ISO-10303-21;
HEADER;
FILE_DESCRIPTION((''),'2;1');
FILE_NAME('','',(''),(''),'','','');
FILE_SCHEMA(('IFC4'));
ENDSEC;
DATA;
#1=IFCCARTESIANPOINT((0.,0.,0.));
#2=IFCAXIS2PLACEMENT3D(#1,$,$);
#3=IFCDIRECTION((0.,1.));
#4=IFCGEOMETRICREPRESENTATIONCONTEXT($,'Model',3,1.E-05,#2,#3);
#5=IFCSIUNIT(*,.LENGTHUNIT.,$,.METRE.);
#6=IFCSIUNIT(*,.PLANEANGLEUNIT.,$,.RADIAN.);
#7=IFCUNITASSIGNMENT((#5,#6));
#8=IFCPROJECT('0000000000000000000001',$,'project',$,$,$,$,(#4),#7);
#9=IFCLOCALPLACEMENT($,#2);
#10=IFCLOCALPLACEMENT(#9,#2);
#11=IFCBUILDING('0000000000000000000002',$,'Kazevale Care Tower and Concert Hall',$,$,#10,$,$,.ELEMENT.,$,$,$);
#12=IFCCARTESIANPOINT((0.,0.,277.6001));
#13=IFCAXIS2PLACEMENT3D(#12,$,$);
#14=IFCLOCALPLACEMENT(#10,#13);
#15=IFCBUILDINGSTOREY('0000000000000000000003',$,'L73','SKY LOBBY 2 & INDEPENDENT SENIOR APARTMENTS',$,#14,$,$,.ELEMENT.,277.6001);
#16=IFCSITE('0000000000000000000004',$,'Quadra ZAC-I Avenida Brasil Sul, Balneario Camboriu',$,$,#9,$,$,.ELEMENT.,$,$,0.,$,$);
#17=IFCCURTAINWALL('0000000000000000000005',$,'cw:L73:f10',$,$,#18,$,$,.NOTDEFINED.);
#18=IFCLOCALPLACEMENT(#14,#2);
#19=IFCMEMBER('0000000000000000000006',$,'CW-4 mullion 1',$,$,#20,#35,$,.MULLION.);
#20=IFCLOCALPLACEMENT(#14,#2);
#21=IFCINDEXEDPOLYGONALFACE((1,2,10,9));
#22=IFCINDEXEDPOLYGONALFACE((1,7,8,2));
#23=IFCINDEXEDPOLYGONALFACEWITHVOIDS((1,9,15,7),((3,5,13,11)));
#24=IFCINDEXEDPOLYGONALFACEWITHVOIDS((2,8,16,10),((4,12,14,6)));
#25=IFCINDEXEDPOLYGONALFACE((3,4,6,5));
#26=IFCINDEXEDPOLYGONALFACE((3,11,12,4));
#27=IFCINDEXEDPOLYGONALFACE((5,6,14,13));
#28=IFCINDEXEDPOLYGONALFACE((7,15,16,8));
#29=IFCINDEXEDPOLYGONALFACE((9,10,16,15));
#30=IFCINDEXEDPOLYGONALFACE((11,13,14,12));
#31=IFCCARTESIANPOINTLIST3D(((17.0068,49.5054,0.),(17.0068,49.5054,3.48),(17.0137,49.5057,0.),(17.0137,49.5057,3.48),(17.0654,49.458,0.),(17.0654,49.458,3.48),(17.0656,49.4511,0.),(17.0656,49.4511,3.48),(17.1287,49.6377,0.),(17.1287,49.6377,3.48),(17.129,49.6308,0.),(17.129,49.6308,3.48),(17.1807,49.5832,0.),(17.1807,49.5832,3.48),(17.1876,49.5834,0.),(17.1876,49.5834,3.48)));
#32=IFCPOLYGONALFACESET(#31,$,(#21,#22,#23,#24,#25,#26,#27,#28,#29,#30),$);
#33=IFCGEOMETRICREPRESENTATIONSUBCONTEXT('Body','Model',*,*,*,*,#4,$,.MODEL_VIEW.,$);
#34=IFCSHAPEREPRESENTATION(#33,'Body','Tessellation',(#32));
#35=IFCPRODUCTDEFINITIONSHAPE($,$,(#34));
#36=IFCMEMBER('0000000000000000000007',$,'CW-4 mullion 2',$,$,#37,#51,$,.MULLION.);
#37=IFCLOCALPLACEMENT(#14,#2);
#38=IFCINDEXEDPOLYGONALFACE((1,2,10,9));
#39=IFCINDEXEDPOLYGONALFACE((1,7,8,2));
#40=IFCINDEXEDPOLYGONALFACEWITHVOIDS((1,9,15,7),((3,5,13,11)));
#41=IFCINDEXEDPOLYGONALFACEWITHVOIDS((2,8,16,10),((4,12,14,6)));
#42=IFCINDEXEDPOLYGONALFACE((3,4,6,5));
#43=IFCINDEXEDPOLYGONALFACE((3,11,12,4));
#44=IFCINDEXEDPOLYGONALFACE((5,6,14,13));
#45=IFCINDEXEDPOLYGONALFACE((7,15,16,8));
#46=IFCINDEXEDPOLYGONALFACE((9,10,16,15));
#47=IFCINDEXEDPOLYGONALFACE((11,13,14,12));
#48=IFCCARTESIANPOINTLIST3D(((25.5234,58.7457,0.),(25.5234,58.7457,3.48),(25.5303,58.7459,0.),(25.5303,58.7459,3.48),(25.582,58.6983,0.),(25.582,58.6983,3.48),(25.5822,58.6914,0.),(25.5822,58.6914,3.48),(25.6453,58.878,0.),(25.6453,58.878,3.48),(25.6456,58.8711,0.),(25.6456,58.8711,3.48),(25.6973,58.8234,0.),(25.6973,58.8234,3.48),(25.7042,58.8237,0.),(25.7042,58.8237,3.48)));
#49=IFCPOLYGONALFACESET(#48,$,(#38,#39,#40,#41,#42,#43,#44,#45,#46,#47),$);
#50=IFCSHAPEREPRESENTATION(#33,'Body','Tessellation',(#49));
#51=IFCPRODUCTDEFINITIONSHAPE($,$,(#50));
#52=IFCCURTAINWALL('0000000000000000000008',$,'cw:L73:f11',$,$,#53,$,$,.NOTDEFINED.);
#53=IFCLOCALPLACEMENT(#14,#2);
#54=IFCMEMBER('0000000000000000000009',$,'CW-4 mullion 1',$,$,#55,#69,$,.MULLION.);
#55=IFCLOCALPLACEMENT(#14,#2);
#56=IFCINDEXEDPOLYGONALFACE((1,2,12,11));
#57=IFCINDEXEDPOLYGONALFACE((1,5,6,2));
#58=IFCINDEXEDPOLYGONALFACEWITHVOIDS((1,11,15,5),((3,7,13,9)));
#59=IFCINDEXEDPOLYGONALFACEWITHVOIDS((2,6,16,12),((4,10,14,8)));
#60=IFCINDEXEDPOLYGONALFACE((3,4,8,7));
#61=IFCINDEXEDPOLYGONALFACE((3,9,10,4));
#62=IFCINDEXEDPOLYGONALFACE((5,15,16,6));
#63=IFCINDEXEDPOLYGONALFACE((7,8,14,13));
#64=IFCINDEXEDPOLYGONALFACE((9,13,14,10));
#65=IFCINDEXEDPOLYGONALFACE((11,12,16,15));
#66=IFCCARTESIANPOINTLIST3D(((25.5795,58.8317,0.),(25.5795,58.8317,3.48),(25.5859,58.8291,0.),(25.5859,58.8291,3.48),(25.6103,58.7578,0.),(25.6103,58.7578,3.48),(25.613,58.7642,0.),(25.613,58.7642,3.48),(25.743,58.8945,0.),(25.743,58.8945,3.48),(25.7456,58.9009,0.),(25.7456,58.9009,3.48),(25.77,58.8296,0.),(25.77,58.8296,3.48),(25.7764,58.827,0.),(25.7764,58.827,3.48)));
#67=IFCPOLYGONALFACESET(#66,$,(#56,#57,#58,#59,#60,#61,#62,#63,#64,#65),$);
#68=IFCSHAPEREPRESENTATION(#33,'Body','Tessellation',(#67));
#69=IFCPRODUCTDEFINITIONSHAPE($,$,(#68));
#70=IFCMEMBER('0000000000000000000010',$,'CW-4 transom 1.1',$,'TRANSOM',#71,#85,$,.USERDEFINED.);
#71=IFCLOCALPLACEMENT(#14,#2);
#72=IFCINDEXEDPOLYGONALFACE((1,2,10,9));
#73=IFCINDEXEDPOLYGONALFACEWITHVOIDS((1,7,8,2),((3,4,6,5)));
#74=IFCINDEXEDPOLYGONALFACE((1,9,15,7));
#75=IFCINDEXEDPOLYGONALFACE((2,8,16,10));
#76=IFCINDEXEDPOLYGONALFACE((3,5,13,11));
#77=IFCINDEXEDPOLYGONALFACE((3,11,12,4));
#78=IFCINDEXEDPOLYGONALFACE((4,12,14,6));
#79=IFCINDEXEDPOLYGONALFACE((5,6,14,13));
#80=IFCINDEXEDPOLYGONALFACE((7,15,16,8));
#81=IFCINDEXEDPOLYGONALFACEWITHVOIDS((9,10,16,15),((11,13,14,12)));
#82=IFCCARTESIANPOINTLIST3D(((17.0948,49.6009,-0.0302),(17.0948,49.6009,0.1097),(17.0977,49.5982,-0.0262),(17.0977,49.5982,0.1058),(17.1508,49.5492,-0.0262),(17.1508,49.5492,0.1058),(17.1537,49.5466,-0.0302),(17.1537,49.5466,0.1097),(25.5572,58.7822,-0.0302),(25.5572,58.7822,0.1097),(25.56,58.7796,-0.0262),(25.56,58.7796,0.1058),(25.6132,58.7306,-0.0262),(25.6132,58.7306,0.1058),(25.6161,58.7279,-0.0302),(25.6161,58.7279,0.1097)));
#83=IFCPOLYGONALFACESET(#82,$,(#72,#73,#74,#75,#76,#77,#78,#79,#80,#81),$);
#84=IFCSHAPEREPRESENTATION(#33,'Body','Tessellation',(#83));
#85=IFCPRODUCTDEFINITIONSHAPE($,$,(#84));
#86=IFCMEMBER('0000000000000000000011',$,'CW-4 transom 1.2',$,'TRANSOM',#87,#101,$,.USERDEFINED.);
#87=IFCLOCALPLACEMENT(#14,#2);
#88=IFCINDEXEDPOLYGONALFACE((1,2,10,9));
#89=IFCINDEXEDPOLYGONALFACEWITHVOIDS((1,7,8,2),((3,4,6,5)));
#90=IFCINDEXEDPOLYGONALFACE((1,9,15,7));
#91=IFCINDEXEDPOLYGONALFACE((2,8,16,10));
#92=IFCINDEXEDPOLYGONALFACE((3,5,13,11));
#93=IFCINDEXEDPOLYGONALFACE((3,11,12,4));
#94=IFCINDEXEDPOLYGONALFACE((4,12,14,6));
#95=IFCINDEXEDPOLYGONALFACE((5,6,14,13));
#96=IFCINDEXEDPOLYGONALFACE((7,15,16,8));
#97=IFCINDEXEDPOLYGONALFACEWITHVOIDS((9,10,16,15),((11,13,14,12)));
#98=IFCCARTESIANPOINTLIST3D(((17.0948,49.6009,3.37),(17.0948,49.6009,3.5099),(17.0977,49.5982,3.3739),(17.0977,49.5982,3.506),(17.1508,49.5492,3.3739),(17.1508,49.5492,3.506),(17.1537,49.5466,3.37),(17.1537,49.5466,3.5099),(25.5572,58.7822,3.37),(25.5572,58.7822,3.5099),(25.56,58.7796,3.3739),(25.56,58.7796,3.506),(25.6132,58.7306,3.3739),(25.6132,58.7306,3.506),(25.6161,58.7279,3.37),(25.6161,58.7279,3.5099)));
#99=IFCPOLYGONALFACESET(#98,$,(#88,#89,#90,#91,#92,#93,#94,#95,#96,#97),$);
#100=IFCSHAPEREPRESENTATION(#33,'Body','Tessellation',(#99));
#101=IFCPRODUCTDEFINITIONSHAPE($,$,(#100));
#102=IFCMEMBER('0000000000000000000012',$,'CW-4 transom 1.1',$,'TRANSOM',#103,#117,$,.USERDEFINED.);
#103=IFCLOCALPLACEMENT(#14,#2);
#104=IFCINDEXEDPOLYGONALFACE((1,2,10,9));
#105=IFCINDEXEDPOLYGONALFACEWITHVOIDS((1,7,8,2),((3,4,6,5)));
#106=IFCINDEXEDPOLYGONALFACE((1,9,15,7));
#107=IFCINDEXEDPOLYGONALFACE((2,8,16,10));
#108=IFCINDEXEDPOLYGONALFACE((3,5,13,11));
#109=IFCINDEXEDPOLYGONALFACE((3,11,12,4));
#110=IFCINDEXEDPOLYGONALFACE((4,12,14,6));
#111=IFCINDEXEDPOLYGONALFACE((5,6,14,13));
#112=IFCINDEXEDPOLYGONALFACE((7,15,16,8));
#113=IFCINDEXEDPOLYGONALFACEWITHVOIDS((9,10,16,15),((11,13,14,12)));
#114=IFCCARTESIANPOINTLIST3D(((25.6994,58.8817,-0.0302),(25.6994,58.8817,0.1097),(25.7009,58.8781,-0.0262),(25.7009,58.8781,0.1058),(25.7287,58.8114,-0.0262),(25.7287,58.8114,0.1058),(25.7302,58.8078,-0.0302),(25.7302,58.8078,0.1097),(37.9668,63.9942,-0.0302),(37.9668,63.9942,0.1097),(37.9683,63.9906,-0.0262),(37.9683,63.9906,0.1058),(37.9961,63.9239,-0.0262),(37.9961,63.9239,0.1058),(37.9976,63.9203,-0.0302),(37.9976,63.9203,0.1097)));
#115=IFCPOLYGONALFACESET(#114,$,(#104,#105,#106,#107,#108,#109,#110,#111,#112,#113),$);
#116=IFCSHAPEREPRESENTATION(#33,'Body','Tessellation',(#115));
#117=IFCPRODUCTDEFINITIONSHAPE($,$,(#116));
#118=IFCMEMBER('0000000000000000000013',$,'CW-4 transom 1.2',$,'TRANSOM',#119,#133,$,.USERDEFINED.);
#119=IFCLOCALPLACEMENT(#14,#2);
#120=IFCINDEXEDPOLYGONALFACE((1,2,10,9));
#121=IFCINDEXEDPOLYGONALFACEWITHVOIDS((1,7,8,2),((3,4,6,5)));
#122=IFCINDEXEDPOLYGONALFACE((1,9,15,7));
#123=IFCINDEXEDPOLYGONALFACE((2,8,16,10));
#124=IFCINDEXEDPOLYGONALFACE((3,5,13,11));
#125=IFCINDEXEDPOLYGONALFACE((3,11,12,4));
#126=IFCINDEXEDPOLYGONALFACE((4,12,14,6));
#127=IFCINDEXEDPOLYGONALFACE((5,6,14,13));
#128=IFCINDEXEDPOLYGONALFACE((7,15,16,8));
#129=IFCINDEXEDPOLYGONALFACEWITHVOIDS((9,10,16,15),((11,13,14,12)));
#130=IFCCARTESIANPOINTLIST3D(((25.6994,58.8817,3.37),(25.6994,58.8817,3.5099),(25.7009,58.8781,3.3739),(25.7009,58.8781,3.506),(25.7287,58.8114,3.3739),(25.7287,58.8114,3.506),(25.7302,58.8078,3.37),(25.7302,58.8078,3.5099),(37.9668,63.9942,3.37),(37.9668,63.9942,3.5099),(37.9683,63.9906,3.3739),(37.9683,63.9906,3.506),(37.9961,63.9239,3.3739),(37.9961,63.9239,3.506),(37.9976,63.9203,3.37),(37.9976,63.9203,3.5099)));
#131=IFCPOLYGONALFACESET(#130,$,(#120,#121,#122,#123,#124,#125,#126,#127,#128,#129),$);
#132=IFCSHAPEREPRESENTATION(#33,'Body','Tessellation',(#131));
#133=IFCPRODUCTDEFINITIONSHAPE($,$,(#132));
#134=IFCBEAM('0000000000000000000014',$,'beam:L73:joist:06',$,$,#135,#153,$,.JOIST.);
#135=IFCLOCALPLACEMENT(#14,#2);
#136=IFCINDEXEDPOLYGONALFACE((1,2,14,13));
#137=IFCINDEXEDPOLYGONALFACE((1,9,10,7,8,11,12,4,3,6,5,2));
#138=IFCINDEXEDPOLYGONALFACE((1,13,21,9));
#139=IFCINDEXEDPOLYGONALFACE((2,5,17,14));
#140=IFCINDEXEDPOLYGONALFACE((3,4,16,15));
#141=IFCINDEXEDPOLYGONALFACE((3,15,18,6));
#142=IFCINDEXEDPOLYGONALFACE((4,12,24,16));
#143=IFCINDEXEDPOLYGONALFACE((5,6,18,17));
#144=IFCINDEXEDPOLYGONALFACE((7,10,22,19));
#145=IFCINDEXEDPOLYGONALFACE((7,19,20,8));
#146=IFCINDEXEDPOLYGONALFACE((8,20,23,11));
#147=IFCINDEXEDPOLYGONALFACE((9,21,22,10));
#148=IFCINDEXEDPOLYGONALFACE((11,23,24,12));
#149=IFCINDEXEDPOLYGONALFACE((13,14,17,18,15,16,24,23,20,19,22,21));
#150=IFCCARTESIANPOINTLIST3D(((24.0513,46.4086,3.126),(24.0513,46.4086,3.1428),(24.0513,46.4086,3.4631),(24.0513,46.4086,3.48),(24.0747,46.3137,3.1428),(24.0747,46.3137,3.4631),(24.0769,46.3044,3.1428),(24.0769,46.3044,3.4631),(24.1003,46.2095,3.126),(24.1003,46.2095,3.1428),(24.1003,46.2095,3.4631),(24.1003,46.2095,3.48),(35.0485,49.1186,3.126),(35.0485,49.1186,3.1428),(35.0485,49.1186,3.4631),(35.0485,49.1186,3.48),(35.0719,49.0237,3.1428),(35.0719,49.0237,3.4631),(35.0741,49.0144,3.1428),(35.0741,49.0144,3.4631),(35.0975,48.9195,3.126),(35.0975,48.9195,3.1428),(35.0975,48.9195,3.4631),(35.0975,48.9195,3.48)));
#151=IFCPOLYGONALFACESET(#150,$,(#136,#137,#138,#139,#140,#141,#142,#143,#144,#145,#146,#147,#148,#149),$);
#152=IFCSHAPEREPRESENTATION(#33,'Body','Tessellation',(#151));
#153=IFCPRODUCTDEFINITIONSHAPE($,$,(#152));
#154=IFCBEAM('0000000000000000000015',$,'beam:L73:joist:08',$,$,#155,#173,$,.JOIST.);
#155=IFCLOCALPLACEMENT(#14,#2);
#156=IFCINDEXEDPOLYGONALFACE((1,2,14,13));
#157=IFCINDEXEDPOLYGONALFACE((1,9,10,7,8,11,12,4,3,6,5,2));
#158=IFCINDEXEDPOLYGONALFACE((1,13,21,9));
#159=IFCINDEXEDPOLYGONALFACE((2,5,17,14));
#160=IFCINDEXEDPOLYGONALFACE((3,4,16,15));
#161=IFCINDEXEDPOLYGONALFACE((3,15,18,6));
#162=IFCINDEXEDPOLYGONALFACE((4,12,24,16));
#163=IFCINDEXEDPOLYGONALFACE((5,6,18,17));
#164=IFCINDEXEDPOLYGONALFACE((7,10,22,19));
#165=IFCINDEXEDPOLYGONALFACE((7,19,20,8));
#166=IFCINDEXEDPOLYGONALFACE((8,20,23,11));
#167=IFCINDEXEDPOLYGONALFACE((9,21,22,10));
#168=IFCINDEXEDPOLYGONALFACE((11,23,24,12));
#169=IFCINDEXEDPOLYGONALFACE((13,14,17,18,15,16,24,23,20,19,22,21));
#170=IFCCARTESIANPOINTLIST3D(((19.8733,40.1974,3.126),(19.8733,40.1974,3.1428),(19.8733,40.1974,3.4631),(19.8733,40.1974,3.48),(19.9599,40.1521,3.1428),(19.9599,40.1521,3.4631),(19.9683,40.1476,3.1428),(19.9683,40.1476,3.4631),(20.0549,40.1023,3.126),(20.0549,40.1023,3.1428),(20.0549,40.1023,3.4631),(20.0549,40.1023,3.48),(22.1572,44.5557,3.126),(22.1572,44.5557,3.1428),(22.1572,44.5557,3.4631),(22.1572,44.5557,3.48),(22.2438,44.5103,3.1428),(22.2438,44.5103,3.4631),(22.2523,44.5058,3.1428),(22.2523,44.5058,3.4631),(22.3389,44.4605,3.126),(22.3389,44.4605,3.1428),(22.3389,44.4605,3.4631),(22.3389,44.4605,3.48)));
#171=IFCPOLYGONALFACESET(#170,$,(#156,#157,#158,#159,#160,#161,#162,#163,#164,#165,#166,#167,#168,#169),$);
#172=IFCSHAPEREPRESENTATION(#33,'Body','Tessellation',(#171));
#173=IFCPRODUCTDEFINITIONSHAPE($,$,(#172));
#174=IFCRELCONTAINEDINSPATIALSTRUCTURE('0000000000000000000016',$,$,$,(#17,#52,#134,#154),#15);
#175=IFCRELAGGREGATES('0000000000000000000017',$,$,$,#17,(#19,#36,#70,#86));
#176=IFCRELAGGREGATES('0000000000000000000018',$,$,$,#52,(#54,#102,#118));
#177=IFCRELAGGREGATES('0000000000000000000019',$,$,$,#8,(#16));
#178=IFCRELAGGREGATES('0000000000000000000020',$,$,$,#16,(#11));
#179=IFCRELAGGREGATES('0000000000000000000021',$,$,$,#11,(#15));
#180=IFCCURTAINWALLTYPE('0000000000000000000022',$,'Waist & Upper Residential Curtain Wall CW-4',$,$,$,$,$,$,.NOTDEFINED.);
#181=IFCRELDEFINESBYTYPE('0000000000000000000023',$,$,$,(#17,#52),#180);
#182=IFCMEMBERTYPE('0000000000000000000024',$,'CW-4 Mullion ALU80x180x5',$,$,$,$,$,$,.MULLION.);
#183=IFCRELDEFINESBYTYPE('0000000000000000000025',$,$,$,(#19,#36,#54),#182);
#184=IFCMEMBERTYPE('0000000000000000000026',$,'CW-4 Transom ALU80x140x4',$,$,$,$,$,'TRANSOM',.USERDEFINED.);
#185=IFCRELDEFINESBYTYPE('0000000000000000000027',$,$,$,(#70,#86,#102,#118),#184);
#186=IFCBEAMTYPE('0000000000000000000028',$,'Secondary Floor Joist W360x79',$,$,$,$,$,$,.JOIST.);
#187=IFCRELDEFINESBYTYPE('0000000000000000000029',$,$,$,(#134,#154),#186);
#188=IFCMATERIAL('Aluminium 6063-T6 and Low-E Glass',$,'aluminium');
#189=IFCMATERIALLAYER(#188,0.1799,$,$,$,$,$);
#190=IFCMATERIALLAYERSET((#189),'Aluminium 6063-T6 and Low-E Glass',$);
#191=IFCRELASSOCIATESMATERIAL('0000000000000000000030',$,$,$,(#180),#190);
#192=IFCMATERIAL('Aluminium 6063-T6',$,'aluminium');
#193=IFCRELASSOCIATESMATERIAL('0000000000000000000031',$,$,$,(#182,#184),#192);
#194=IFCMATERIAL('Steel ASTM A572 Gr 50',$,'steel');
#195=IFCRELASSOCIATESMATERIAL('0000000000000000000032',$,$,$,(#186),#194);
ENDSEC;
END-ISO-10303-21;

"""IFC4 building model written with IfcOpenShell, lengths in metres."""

from ifc_helpers import new_model, si_unit, direction, frame, origin, origin_2d, place, context, subcontext, project, spatial, hollow_rectangle, i_section, extrude, material, layer, layer_set, material_profile, profile_set, type_object, element, aggregate, save


model = new_model("IFC4")

# Units and contexts
model_context = context("Model", 3, precision=1e-05, world=origin(), true_north=direction((0.0, 1.0)))
body_context = subcontext(model_context, "Body", "Model", "MODEL_VIEW")
ifc_project = project(units=[si_unit("LENGTHUNIT", "METRE"), si_unit("PLANEANGLEUNIT", "RADIAN")], contexts=[model_context])

# Site, building, storey
site_placement = place(None, origin())
site = spatial("IfcSite", under=ifc_project, at=site_placement, Name="Quadra ZAC-I Avenida Brasil Sul, Balneario Camboriu", CompositionType="ELEMENT", RefElevation=0.0)
building_placement = place(site_placement, origin())
building = spatial("IfcBuilding", under=site, at=building_placement, Name="Kazevale Care Tower and Concert Hall", CompositionType="ELEMENT")
storey_placement = place(building_placement, frame((0.0, 0.0, 277.6001)))
storey = spatial("IfcBuildingStorey", under=building, at=storey_placement, Name="L73", Description="SKY LOBBY 2 & INDEPENDENT SENIOR APARTMENTS", CompositionType="ELEMENT", Elevation=277.6001)

# Shared definitions
ifc_material_1 = material(Name="Aluminium 6063-T6 and Low-E Glass", Category="aluminium")
ifc_layer_1 = layer(ifc_material_1, 0.1799)
ifc_layer_set_1 = layer_set([ifc_layer_1], Name="Aluminium 6063-T6 and Low-E Glass")
curtain_wall_type = type_object("IfcCurtainWallType", Name="Waist & Upper Residential Curtain Wall CW-4", PredefinedType="NOTDEFINED", material=ifc_layer_set_1)
ifc_material_2 = material(Name="Aluminium 6063-T6", Category="aluminium")
ifc_material_profile_1 = material_profile(ifc_material_2, hollow_rectangle(XDim=0.0801, YDim=0.1799, WallThickness=0.0049, at=origin_2d()), Name="ALU80x180x5")
ifc_profile_set_1 = profile_set([ifc_material_profile_1], Name="Aluminium 6063-T6")
member_type_1 = type_object("IfcMemberType", Name="CW-4 Mullion ALU80x180x5", PredefinedType="MULLION", material=ifc_profile_set_1)

# Curtain wall, members
curtain_wall_1_placement = place(storey_placement, origin())
curtain_wall_1 = element("IfcCurtainWall", 1, at=curtain_wall_1_placement, inside=storey, type_object=curtain_wall_type, Name="cw:L73:f10", PredefinedType="NOTDEFINED")
member_1_placement = place(storey_placement, frame((17.0972, 49.5444, 0.0), z_axis=(0.0, 0.0, 1.0), x_axis=(-0.735303, 0.677738, 0.0)))
member_1 = element("IfcMember", 2, at=member_1_placement, type_object=member_type_1, Name="CW-4 mullion 1", PredefinedType="MULLION", context=body_context, shape_type="SweptSolid", body=[
    extrude(hollow_rectangle(XDim=0.0801, YDim=0.1799, WallThickness=0.0049, at=origin_2d()), origin(), (0.0, 0.0, 1.0), 3.48),
])
member_2_placement = place(storey_placement, frame((25.6138, 58.7847, 0.0), z_axis=(0.0, 0.0, 1.0), x_axis=(-0.735303, 0.677738, 0.0)))
member_2 = element("IfcMember", 3, at=member_2_placement, type_object=member_type_1, Name="CW-4 mullion 2", PredefinedType="MULLION", context=body_context, shape_type="SweptSolid", body=[
    extrude(hollow_rectangle(XDim=0.0801, YDim=0.1799, WallThickness=0.0049, at=origin_2d()), origin(), (0.0, 0.0, 1.0), 3.48),
])

# Curtain wall, member
curtain_wall_2_placement = place(storey_placement, origin())
curtain_wall_2 = element("IfcCurtainWall", 4, at=curtain_wall_2_placement, inside=storey, type_object=curtain_wall_type, Name="cw:L73:f11", PredefinedType="NOTDEFINED")
member_3_placement = place(storey_placement, frame((25.678, 58.8293, 0.0), z_axis=(0.0, 0.0, 1.0), x_axis=(-0.384684, 0.923048, 0.0)))
member_3 = element("IfcMember", 5, at=member_3_placement, type_object=member_type_1, Name="CW-4 mullion 1", PredefinedType="MULLION", context=body_context, shape_type="SweptSolid", body=[
    extrude(hollow_rectangle(XDim=0.0801, YDim=0.1799, WallThickness=0.0049, at=origin_2d()), origin(), (0.0, 0.0, 1.0), 3.48),
])

# Members
ifc_material_profile_2 = material_profile(ifc_material_2, hollow_rectangle(XDim=0.0801, YDim=0.1399, WallThickness=0.0039, at=origin_2d()), Name="ALU80x140x4")
ifc_profile_set_2 = profile_set([ifc_material_profile_2], Name="Aluminium 6063-T6")
member_type_2 = type_object("IfcMemberType", Name="CW-4 Transom ALU80x140x4", ElementType="TRANSOM", PredefinedType="USERDEFINED", material=ifc_profile_set_2)
member_4_placement = place(storey_placement, frame((17.1243, 49.5737, 0.0398), z_axis=(0.677729, 0.735311, 0.0), x_axis=(-0.735311, 0.677729, 0.0)))
member_4 = element("IfcMember", 6, at=member_4_placement, type_object=member_type_2, Name="CW-4 transom 1.1", ObjectType="TRANSOM", PredefinedType="USERDEFINED", context=body_context, shape_type="SweptSolid", body=[
    extrude(hollow_rectangle(XDim=0.0801, YDim=0.1399, WallThickness=0.0039, at=origin_2d()), origin(), (0.0, 0.0, 1.0), 12.4863),
])
member_5_placement = place(storey_placement, frame((17.1243, 49.5737, 3.4399), z_axis=(0.677729, 0.735311, 0.0), x_axis=(-0.735311, 0.677729, 0.0)))
member_5 = element("IfcMember", 7, at=member_5_placement, type_object=member_type_2, Name="CW-4 transom 1.2", ObjectType="TRANSOM", PredefinedType="USERDEFINED", context=body_context, shape_type="SweptSolid", body=[
    extrude(hollow_rectangle(XDim=0.0801, YDim=0.1399, WallThickness=0.0039, at=origin_2d()), origin(), (0.0, 0.0, 1.0), 12.4863),
])
member_6_placement = place(storey_placement, frame((25.7148, 58.8447, 0.0398), z_axis=(0.923046, 0.38469, 0.0), x_axis=(-0.38469, 0.923046, 0.0)))
member_6 = element("IfcMember", 8, at=member_6_placement, type_object=member_type_2, Name="CW-4 transom 1.1", ObjectType="TRANSOM", PredefinedType="USERDEFINED", context=body_context, shape_type="SweptSolid", body=[
    extrude(hollow_rectangle(XDim=0.0801, YDim=0.1399, WallThickness=0.0039, at=origin_2d()), origin(), (0.0, 0.0, 1.0), 13.29),
])
member_7_placement = place(storey_placement, frame((25.7148, 58.8447, 3.4399), z_axis=(0.923046, 0.38469, 0.0), x_axis=(-0.38469, 0.923046, 0.0)))
member_7 = element("IfcMember", 9, at=member_7_placement, type_object=member_type_2, Name="CW-4 transom 1.2", ObjectType="TRANSOM", PredefinedType="USERDEFINED", context=body_context, shape_type="SweptSolid", body=[
    extrude(hollow_rectangle(XDim=0.0801, YDim=0.1399, WallThickness=0.0039, at=origin_2d()), origin(), (0.0, 0.0, 1.0), 13.29),
])

# Beams
ifc_material_3 = material(Name="Steel ASTM A572 Gr 50", Category="steel")
ifc_material_profile_3 = material_profile(ifc_material_3, i_section(OverallWidth=0.2051, OverallDepth=0.354, WebThickness=0.0095, FlangeThickness=0.0168, at=origin_2d()), Name="W360x79")
ifc_profile_set_3 = profile_set([ifc_material_profile_3], Name="Steel ASTM A572 Gr 50")
beam_type_1 = type_object("IfcBeamType", Name="Secondary Floor Joist W360x79", PredefinedType="JOIST", material=ifc_profile_set_3)
beam_1_placement = place(storey_placement, frame((35.073, 49.019, 3.303), z_axis=(-0.970954, -0.239268, 0.0), x_axis=(0.239268, -0.970954, 0.0)))
element("IfcBeam", 10, at=beam_1_placement, inside=storey, type_object=beam_type_1, Name="beam:L73:joist:06", PredefinedType="JOIST", context=body_context, shape_type="SweptSolid", body=[
    extrude(i_section(OverallWidth=0.2051, OverallDepth=0.354, WebThickness=0.0095, FlangeThickness=0.0168, at=origin_2d()), origin(), (0.0, 0.0, 1.0), 11.3262),
])
beam_2_placement = place(storey_placement, frame((22.248, 44.5081, 3.303), z_axis=(-0.464181, -0.88574, 0.0), x_axis=(0.88574, -0.464181, 0.0)))
element("IfcBeam", 11, at=beam_2_placement, inside=storey, type_object=beam_type_1, Name="beam:L73:joist:08", PredefinedType="JOIST", context=body_context, shape_type="SweptSolid", body=[
    extrude(i_section(OverallWidth=0.2051, OverallDepth=0.354, WebThickness=0.0095, FlangeThickness=0.0168, at=origin_2d()), origin(), (0.0, 0.0, 1.0), 4.9204),
])

aggregate(curtain_wall_1, [member_1, member_2, member_4, member_5])
aggregate(curtain_wall_2, [member_3, member_6, member_7])

save(model, "model.ifc")
